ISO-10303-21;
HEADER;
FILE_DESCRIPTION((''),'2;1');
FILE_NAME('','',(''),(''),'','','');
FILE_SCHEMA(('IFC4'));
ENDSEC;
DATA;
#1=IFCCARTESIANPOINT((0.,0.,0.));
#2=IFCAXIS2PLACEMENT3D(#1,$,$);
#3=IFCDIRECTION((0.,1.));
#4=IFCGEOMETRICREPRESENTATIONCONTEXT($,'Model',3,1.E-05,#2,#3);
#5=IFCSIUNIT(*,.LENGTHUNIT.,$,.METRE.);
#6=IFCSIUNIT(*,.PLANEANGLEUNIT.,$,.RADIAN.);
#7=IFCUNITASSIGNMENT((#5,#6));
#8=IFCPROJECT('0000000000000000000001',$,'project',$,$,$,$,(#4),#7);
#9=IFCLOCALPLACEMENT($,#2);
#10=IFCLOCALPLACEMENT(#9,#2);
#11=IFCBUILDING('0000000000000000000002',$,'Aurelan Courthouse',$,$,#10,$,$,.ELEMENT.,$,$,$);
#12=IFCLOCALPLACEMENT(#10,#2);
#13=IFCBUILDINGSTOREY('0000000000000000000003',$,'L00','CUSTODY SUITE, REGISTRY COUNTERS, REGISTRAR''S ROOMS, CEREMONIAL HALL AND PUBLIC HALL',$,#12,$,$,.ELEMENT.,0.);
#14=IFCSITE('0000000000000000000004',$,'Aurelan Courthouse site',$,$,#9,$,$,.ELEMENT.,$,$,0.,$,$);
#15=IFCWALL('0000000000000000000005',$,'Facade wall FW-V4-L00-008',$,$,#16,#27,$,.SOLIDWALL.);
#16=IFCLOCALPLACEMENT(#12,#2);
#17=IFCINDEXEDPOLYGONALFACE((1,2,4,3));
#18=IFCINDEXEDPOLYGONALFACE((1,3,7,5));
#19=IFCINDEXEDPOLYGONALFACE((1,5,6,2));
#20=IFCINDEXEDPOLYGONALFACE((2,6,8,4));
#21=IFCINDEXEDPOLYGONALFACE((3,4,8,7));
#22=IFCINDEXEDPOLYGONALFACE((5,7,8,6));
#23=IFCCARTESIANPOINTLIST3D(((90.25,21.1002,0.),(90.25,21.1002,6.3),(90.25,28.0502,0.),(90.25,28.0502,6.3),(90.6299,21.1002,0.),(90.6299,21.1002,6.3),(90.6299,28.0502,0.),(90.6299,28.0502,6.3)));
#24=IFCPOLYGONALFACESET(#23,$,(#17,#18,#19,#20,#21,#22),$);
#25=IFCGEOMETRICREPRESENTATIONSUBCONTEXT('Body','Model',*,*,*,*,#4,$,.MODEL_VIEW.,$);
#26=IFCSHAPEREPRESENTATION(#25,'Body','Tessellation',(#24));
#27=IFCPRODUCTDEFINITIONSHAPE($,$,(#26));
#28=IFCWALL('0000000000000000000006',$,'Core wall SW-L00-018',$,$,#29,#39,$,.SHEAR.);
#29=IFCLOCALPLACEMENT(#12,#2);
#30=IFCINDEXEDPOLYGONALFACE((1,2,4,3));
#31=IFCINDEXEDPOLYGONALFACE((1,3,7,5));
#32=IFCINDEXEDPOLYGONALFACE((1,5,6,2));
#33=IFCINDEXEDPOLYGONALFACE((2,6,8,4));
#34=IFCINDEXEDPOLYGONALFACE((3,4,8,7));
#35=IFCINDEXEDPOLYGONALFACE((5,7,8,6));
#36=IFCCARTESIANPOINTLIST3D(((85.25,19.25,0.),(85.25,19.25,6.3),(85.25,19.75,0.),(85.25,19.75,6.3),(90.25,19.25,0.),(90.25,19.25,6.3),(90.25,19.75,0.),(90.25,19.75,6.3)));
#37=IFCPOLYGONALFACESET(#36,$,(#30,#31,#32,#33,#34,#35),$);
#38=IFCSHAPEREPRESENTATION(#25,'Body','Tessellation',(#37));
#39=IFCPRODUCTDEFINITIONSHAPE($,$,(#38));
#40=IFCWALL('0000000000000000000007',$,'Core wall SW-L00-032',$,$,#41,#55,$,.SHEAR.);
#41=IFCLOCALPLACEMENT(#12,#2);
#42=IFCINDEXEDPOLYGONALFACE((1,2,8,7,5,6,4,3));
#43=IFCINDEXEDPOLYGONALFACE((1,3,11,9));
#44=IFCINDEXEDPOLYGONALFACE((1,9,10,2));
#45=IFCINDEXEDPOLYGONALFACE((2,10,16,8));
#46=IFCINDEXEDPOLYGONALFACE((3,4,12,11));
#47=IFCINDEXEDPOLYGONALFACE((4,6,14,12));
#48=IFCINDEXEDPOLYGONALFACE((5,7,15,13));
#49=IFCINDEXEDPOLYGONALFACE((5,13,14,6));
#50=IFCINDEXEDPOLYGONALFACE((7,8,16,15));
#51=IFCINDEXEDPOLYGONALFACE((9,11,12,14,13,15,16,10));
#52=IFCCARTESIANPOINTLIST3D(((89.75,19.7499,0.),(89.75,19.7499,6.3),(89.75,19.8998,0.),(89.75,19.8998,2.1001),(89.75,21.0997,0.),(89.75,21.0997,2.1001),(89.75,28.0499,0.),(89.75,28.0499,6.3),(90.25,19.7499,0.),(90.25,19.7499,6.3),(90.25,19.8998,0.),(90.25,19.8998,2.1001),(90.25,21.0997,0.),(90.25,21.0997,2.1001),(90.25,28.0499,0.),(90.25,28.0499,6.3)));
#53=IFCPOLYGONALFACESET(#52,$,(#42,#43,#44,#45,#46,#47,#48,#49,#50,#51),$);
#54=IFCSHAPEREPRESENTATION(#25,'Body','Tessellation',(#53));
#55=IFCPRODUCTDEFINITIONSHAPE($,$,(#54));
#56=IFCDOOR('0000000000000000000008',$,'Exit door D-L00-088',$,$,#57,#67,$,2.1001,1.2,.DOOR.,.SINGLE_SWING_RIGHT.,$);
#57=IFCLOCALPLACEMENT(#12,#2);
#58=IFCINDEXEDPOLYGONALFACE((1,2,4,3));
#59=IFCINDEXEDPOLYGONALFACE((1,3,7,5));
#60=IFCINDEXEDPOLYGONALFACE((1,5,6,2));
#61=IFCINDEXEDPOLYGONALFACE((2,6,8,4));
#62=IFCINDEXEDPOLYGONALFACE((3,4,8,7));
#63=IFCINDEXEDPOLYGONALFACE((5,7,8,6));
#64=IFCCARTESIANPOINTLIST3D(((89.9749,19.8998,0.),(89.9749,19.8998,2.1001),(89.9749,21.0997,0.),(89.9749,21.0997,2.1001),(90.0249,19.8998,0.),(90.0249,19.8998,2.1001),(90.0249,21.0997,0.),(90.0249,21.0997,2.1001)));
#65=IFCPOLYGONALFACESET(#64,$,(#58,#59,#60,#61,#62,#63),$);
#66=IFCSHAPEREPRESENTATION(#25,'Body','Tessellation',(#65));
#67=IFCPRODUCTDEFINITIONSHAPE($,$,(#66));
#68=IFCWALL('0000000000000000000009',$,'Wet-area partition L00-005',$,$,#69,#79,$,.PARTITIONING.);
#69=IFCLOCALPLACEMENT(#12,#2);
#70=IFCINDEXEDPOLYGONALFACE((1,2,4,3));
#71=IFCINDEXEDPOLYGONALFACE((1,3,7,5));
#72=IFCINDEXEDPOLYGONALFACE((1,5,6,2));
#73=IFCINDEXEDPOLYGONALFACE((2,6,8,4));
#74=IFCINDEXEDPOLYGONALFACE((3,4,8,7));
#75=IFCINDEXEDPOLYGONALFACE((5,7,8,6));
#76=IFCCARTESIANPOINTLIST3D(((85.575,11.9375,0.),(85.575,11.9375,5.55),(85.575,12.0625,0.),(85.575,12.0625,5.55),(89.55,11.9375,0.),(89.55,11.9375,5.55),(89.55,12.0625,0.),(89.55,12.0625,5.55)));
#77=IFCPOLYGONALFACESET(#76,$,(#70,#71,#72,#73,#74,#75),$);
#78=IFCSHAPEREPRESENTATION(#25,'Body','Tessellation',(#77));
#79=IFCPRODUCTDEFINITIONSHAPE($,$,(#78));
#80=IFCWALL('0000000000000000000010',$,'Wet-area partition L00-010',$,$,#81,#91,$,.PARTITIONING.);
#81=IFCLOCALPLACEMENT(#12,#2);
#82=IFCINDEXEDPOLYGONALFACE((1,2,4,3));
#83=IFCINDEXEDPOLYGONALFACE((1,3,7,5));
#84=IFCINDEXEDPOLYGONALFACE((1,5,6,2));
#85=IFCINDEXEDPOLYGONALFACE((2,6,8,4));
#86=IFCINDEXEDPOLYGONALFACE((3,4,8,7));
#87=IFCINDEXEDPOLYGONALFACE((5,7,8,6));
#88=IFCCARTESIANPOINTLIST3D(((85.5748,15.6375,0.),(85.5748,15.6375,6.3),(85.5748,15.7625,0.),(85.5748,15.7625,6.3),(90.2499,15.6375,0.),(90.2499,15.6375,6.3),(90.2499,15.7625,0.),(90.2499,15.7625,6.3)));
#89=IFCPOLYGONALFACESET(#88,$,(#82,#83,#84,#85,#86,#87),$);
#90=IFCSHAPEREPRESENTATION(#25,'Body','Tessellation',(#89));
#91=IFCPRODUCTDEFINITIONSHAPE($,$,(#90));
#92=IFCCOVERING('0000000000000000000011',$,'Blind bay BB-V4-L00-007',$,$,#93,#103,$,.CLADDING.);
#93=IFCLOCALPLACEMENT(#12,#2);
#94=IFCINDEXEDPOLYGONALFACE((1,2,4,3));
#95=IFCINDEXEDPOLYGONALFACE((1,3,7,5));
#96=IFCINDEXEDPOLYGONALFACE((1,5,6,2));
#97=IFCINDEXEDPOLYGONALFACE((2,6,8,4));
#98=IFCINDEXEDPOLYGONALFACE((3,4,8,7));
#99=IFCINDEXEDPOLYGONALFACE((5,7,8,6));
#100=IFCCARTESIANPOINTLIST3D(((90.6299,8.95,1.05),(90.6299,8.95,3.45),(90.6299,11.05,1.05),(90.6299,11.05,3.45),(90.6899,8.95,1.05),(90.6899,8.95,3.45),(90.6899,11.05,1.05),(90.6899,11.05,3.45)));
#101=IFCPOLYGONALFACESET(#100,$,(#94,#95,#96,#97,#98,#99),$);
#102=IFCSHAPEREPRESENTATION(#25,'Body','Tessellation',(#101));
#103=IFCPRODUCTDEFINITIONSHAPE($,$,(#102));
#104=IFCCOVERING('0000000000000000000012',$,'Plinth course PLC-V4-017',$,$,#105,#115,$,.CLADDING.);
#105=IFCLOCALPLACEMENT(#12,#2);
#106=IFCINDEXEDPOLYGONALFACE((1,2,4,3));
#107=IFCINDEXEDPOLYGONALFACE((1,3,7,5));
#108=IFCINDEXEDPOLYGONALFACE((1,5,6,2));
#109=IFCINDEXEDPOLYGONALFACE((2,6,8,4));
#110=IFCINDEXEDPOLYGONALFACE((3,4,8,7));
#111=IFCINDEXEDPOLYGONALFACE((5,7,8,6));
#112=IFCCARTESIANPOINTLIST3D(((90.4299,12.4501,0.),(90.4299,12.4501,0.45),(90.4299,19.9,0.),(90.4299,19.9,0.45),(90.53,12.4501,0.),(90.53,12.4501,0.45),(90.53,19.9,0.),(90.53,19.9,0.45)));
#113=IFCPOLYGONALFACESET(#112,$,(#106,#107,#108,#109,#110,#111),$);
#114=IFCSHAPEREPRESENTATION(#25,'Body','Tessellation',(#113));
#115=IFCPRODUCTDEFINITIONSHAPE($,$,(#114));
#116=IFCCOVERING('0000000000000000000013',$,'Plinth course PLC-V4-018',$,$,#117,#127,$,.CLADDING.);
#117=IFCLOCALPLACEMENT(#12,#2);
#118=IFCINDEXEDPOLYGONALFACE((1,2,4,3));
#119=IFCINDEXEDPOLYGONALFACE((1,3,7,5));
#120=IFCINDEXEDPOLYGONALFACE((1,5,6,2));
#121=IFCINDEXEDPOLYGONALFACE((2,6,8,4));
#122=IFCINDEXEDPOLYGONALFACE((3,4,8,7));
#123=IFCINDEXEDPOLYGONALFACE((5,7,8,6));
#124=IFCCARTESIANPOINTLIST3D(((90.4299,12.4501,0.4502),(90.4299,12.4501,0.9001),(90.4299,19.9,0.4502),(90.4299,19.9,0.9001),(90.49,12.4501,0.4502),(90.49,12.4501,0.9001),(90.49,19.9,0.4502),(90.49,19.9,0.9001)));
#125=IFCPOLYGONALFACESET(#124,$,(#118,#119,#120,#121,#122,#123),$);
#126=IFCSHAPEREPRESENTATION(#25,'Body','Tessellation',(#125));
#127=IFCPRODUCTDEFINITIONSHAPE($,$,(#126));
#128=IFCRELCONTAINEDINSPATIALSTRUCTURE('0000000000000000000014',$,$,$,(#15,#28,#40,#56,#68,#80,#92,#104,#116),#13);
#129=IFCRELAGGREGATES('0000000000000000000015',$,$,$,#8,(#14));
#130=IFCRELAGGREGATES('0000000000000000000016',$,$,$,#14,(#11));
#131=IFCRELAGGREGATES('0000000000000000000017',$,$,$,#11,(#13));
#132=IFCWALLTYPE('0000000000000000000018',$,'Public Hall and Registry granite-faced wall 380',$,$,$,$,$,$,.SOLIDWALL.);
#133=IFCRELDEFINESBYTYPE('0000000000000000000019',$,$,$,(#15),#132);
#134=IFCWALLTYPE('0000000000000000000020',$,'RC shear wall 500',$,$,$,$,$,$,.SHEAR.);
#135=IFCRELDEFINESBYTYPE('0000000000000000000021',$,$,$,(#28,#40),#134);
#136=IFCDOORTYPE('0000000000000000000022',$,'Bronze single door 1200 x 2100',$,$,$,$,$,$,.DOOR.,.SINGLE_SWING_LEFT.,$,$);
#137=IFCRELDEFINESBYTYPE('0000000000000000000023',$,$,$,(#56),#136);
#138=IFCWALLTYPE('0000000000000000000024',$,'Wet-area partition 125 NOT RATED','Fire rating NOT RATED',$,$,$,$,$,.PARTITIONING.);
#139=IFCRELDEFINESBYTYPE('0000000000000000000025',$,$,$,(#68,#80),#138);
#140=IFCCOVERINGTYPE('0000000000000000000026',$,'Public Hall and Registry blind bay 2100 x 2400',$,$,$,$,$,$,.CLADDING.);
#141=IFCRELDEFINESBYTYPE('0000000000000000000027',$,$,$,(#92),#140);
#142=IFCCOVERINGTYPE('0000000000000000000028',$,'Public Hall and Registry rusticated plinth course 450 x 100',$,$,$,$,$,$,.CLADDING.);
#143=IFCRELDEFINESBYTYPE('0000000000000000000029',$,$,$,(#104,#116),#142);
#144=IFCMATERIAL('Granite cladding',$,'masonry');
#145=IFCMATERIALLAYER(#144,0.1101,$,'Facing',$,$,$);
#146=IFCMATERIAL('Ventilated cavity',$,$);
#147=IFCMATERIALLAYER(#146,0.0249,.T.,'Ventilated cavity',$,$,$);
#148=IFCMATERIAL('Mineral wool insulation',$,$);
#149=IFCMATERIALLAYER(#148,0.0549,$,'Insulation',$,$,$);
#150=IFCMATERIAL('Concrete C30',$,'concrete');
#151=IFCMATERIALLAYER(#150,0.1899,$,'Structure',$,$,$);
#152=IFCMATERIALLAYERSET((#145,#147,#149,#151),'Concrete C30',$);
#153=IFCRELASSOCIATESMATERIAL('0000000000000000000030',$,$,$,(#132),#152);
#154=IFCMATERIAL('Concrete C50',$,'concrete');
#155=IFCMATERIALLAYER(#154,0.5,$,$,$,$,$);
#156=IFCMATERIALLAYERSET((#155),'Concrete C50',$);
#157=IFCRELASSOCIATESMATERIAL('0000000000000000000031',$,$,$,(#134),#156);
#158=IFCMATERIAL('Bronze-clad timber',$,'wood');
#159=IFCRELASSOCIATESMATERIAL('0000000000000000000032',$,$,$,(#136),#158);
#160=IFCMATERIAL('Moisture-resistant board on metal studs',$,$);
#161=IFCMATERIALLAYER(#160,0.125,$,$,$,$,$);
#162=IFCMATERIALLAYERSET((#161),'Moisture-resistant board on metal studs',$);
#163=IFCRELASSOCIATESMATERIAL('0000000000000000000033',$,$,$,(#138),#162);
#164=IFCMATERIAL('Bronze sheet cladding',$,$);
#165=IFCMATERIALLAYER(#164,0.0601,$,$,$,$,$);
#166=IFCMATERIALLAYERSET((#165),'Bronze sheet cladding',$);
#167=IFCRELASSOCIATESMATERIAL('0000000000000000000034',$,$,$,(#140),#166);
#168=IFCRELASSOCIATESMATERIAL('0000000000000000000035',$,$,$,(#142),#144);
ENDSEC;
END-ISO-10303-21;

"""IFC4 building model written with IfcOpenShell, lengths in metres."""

from ifc_helpers import new_model, si_unit, direction, frame, frame_2d, origin, origin_2d, place, context, subcontext, project, spatial, rectangle, extrude, material, layer, layer_set, type_object, element, fill, save


model = new_model("IFC4")

# Units and contexts
model_context = context("Model", 3, precision=1e-05, world=origin(), true_north=direction((0.0, 1.0)))
body_context = subcontext(model_context, "Body", "Model", "MODEL_VIEW")
ifc_project = project(units=[si_unit("LENGTHUNIT", "METRE"), si_unit("PLANEANGLEUNIT", "RADIAN")], contexts=[model_context])

# Site, building, storey
site_placement = place(None, origin())
site = spatial("IfcSite", under=ifc_project, at=site_placement, Name="Aurelan Courthouse site", CompositionType="ELEMENT", RefElevation=0.0)
building_placement = place(site_placement, origin())
building = spatial("IfcBuilding", under=site, at=building_placement, Name="Aurelan Courthouse", CompositionType="ELEMENT")
storey_placement = place(building_placement, origin())
storey = spatial("IfcBuildingStorey", under=building, at=storey_placement, Name="L00", Description="CUSTODY SUITE, REGISTRY COUNTERS, REGISTRAR'S ROOMS, CEREMONIAL HALL AND PUBLIC HALL", CompositionType="ELEMENT", Elevation=0.0)

# Shared definitions
ifc_material_1 = material(Name="Concrete C50", Category="concrete")

# Shared definitions
ifc_material_2 = material(Name="Granite cladding", Category="masonry")
ifc_material_3 = material(Name="Ventilated cavity")
ifc_material_4 = material(Name="Mineral wool insulation")
ifc_material_5 = material(Name="Concrete C30", Category="concrete")

# Walls
ifc_layer_1 = layer(ifc_material_2, 0.1101, Name="Facing")
ifc_layer_2 = layer(ifc_material_3, 0.0249, ventilated=True, Name="Ventilated cavity")
ifc_layer_3 = layer(ifc_material_4, 0.0549, Name="Insulation")
ifc_layer_4 = layer(ifc_material_5, 0.1899, Name="Structure")
ifc_layer_set_1 = layer_set([ifc_layer_1, ifc_layer_2, ifc_layer_3, ifc_layer_4], Name="Concrete C30")
wall_type_1 = type_object("IfcWallType", Name="Public Hall and Registry granite-faced wall 380", PredefinedType="SOLIDWALL", material=ifc_layer_set_1)
wall_1_placement = place(storey_placement, frame((90.4399, 21.1001, 0.0), z_axis=(0.0, 0.0, 1.0), x_axis=(0.0, 1.0, 0.0)))
element("IfcWall", 1, at=wall_1_placement, inside=storey, type_object=wall_type_1, Name="Facade wall FW-V4-L00-008", PredefinedType="SOLIDWALL", context=body_context, shape_type="SweptSolid", body=[
    extrude(rectangle(XDim=6.95, YDim=0.3799, at=frame_2d((3.4751, 0.0))), origin(), (0.0, 0.0, 1.0), 6.3),
])
ifc_layer_5 = layer(ifc_material_1, 0.5)
ifc_layer_set_2 = layer_set([ifc_layer_5], Name="Concrete C50")
wall_type_2 = type_object("IfcWallType", Name="RC shear wall 500", PredefinedType="SHEAR", material=ifc_layer_set_2)
wall_2_placement = place(storey_placement, frame((85.25, 19.5, 0.0), z_axis=(0.0, 0.0, 1.0), x_axis=(1.0, 0.0, 0.0)))
element("IfcWall", 2, at=wall_2_placement, inside=storey, type_object=wall_type_2, Name="Core wall SW-L00-018", PredefinedType="SHEAR", context=body_context, shape_type="SweptSolid", body=[
    extrude(rectangle(XDim=5.0, YDim=0.5, at=frame_2d((2.5, 0.0))), origin(), (0.0, 0.0, 1.0), 6.3),
])

# Wall, opening, door
wall_3_placement = place(storey_placement, frame((90.0, 19.75, 0.0), z_axis=(0.0, 0.0, 1.0), x_axis=(0.0, 1.0, 0.0)))
wall_3 = element("IfcWall", 3, at=wall_3_placement, inside=storey, type_object=wall_type_2, Name="Core wall SW-L00-032", PredefinedType="SHEAR", context=body_context, shape_type="SweptSolid", body=[
    extrude(rectangle(XDim=8.3, YDim=0.5, at=frame_2d((4.1499, 0.0))), origin(), (0.0, 0.0, 1.0), 6.3),
])
opening_1_placement = place(wall_3_placement, frame((1.3499, 0.0, 0.0), z_axis=(0.0, 0.0, 1.0), x_axis=(-1.0, 0.0, 0.0)))
opening_1 = element("IfcOpeningElement", 4, at=opening_1_placement, cuts=wall_3, PredefinedType="OPENING", context=body_context, shape_type="SweptSolid", body=[
    extrude(rectangle(XDim=1.2, YDim=2.1001, at=frame_2d((0.6001, 1.05))), frame((0.0, 0.26, 0.0), z_axis=(0.0, -1.0, 0.0), x_axis=(1.0, 0.0, 0.0)), (0.0, 0.0, 1.0), 0.52),
])
ifc_material_6 = material(Name="Bronze-clad timber", Category="wood")
door_type_1 = type_object("IfcDoorType", Name="Bronze single door 1200 x 2100", OperationType="SINGLE_SWING_LEFT", PredefinedType="DOOR", material=ifc_material_6)
door_1_placement = place(opening_1_placement, origin())
door_1 = element("IfcDoor", 5, at=door_1_placement, inside=storey, type_object=door_type_1, Name="Exit door D-L00-088", OperationType="SINGLE_SWING_RIGHT", OverallHeight=2.1001, OverallWidth=1.2, PredefinedType="DOOR", context=body_context, shape_type="SweptSolid", body=[
    extrude(rectangle(XDim=1.2, YDim=2.1001, at=frame_2d((0.6001, 1.05))), frame((0.0, 0.0249, 0.0), z_axis=(0.0, -1.0, 0.0), x_axis=(1.0, 0.0, 0.0)), (0.0, 0.0, 1.0), 0.05),
])
fill(opening_1, door_1)

# Walls
ifc_material_7 = material(Name="Moisture-resistant board on metal studs")
ifc_layer_6 = layer(ifc_material_7, 0.125)
ifc_layer_set_3 = layer_set([ifc_layer_6], Name="Moisture-resistant board on metal studs")
wall_type_3 = type_object("IfcWallType", Name="Wet-area partition 125 NOT RATED", Description="Fire rating NOT RATED", PredefinedType="PARTITIONING", material=ifc_layer_set_3)
wall_4_placement = place(storey_placement, frame((85.575, 12.0, 0.0), z_axis=(0.0, 0.0, 1.0), x_axis=(1.0, 0.0, 0.0)))
element("IfcWall", 6, at=wall_4_placement, inside=storey, type_object=wall_type_3, Name="Wet-area partition L00-005", PredefinedType="PARTITIONING", context=body_context, shape_type="SweptSolid", body=[
    extrude(rectangle(XDim=3.9751, YDim=0.125, at=frame_2d((1.9875, 0.0))), origin(), (0.0, 0.0, 1.0), 5.55),
])
wall_5_placement = place(storey_placement, frame((85.575, 15.7, 0.0), z_axis=(0.0, 0.0, 1.0), x_axis=(1.0, 0.0, 0.0)))
element("IfcWall", 7, at=wall_5_placement, inside=storey, type_object=wall_type_3, Name="Wet-area partition L00-010", PredefinedType="PARTITIONING", context=body_context, shape_type="SweptSolid", body=[
    extrude(rectangle(XDim=4.675, YDim=0.125, at=frame_2d((2.3374, 0.0))), origin(), (0.0, 0.0, 1.0), 6.3),
])

# Coverings
ifc_material_8 = material(Name="Bronze sheet cladding")
ifc_layer_7 = layer(ifc_material_8, 0.0601)
ifc_layer_set_4 = layer_set([ifc_layer_7], Name="Bronze sheet cladding")
covering_type_1 = type_object("IfcCoveringType", Name="Public Hall and Registry blind bay 2100 x 2400", PredefinedType="CLADDING", material=ifc_layer_set_4)
covering_1_placement = place(storey_placement, frame((90.6599, 10.0, 1.05), z_axis=(0.0, 0.0, 1.0), x_axis=(1.0, 0.0, 0.0)))
element("IfcCovering", 8, at=covering_1_placement, inside=storey, type_object=covering_type_1, Name="Blind bay BB-V4-L00-007", PredefinedType="CLADDING", context=body_context, shape_type="SweptSolid", body=[
    extrude(rectangle(XDim=0.0601, YDim=2.1001, at=origin_2d()), origin(), (0.0, 0.0, 1.0), 2.3999),
])
covering_type_2 = type_object("IfcCoveringType", Name="Public Hall and Registry rusticated plinth course 450 x 100", PredefinedType="CLADDING", material=ifc_material_2)
covering_2_placement = place(storey_placement, frame((90.48, 16.175, 0.0), z_axis=(0.0, 0.0, 1.0), x_axis=(1.0, 0.0, 0.0)))
element("IfcCovering", 9, at=covering_2_placement, inside=storey, type_object=covering_type_2, Name="Plinth course PLC-V4-017", PredefinedType="CLADDING", context=body_context, shape_type="SweptSolid", body=[
    extrude(rectangle(XDim=0.1001, YDim=7.45, at=origin_2d()), origin(), (0.0, 0.0, 1.0), 0.45),
])
covering_3_placement = place(storey_placement, frame((90.46, 16.175, 0.4502), z_axis=(0.0, 0.0, 1.0), x_axis=(1.0, 0.0, 0.0)))
element("IfcCovering", 10, at=covering_3_placement, inside=storey, type_object=covering_type_2, Name="Plinth course PLC-V4-018", PredefinedType="CLADDING", context=body_context, shape_type="SweptSolid", body=[
    extrude(rectangle(XDim=0.0601, YDim=7.45, at=origin_2d()), origin(), (0.0, 0.0, 1.0), 0.45),
])

save(model, "model.ifc")
